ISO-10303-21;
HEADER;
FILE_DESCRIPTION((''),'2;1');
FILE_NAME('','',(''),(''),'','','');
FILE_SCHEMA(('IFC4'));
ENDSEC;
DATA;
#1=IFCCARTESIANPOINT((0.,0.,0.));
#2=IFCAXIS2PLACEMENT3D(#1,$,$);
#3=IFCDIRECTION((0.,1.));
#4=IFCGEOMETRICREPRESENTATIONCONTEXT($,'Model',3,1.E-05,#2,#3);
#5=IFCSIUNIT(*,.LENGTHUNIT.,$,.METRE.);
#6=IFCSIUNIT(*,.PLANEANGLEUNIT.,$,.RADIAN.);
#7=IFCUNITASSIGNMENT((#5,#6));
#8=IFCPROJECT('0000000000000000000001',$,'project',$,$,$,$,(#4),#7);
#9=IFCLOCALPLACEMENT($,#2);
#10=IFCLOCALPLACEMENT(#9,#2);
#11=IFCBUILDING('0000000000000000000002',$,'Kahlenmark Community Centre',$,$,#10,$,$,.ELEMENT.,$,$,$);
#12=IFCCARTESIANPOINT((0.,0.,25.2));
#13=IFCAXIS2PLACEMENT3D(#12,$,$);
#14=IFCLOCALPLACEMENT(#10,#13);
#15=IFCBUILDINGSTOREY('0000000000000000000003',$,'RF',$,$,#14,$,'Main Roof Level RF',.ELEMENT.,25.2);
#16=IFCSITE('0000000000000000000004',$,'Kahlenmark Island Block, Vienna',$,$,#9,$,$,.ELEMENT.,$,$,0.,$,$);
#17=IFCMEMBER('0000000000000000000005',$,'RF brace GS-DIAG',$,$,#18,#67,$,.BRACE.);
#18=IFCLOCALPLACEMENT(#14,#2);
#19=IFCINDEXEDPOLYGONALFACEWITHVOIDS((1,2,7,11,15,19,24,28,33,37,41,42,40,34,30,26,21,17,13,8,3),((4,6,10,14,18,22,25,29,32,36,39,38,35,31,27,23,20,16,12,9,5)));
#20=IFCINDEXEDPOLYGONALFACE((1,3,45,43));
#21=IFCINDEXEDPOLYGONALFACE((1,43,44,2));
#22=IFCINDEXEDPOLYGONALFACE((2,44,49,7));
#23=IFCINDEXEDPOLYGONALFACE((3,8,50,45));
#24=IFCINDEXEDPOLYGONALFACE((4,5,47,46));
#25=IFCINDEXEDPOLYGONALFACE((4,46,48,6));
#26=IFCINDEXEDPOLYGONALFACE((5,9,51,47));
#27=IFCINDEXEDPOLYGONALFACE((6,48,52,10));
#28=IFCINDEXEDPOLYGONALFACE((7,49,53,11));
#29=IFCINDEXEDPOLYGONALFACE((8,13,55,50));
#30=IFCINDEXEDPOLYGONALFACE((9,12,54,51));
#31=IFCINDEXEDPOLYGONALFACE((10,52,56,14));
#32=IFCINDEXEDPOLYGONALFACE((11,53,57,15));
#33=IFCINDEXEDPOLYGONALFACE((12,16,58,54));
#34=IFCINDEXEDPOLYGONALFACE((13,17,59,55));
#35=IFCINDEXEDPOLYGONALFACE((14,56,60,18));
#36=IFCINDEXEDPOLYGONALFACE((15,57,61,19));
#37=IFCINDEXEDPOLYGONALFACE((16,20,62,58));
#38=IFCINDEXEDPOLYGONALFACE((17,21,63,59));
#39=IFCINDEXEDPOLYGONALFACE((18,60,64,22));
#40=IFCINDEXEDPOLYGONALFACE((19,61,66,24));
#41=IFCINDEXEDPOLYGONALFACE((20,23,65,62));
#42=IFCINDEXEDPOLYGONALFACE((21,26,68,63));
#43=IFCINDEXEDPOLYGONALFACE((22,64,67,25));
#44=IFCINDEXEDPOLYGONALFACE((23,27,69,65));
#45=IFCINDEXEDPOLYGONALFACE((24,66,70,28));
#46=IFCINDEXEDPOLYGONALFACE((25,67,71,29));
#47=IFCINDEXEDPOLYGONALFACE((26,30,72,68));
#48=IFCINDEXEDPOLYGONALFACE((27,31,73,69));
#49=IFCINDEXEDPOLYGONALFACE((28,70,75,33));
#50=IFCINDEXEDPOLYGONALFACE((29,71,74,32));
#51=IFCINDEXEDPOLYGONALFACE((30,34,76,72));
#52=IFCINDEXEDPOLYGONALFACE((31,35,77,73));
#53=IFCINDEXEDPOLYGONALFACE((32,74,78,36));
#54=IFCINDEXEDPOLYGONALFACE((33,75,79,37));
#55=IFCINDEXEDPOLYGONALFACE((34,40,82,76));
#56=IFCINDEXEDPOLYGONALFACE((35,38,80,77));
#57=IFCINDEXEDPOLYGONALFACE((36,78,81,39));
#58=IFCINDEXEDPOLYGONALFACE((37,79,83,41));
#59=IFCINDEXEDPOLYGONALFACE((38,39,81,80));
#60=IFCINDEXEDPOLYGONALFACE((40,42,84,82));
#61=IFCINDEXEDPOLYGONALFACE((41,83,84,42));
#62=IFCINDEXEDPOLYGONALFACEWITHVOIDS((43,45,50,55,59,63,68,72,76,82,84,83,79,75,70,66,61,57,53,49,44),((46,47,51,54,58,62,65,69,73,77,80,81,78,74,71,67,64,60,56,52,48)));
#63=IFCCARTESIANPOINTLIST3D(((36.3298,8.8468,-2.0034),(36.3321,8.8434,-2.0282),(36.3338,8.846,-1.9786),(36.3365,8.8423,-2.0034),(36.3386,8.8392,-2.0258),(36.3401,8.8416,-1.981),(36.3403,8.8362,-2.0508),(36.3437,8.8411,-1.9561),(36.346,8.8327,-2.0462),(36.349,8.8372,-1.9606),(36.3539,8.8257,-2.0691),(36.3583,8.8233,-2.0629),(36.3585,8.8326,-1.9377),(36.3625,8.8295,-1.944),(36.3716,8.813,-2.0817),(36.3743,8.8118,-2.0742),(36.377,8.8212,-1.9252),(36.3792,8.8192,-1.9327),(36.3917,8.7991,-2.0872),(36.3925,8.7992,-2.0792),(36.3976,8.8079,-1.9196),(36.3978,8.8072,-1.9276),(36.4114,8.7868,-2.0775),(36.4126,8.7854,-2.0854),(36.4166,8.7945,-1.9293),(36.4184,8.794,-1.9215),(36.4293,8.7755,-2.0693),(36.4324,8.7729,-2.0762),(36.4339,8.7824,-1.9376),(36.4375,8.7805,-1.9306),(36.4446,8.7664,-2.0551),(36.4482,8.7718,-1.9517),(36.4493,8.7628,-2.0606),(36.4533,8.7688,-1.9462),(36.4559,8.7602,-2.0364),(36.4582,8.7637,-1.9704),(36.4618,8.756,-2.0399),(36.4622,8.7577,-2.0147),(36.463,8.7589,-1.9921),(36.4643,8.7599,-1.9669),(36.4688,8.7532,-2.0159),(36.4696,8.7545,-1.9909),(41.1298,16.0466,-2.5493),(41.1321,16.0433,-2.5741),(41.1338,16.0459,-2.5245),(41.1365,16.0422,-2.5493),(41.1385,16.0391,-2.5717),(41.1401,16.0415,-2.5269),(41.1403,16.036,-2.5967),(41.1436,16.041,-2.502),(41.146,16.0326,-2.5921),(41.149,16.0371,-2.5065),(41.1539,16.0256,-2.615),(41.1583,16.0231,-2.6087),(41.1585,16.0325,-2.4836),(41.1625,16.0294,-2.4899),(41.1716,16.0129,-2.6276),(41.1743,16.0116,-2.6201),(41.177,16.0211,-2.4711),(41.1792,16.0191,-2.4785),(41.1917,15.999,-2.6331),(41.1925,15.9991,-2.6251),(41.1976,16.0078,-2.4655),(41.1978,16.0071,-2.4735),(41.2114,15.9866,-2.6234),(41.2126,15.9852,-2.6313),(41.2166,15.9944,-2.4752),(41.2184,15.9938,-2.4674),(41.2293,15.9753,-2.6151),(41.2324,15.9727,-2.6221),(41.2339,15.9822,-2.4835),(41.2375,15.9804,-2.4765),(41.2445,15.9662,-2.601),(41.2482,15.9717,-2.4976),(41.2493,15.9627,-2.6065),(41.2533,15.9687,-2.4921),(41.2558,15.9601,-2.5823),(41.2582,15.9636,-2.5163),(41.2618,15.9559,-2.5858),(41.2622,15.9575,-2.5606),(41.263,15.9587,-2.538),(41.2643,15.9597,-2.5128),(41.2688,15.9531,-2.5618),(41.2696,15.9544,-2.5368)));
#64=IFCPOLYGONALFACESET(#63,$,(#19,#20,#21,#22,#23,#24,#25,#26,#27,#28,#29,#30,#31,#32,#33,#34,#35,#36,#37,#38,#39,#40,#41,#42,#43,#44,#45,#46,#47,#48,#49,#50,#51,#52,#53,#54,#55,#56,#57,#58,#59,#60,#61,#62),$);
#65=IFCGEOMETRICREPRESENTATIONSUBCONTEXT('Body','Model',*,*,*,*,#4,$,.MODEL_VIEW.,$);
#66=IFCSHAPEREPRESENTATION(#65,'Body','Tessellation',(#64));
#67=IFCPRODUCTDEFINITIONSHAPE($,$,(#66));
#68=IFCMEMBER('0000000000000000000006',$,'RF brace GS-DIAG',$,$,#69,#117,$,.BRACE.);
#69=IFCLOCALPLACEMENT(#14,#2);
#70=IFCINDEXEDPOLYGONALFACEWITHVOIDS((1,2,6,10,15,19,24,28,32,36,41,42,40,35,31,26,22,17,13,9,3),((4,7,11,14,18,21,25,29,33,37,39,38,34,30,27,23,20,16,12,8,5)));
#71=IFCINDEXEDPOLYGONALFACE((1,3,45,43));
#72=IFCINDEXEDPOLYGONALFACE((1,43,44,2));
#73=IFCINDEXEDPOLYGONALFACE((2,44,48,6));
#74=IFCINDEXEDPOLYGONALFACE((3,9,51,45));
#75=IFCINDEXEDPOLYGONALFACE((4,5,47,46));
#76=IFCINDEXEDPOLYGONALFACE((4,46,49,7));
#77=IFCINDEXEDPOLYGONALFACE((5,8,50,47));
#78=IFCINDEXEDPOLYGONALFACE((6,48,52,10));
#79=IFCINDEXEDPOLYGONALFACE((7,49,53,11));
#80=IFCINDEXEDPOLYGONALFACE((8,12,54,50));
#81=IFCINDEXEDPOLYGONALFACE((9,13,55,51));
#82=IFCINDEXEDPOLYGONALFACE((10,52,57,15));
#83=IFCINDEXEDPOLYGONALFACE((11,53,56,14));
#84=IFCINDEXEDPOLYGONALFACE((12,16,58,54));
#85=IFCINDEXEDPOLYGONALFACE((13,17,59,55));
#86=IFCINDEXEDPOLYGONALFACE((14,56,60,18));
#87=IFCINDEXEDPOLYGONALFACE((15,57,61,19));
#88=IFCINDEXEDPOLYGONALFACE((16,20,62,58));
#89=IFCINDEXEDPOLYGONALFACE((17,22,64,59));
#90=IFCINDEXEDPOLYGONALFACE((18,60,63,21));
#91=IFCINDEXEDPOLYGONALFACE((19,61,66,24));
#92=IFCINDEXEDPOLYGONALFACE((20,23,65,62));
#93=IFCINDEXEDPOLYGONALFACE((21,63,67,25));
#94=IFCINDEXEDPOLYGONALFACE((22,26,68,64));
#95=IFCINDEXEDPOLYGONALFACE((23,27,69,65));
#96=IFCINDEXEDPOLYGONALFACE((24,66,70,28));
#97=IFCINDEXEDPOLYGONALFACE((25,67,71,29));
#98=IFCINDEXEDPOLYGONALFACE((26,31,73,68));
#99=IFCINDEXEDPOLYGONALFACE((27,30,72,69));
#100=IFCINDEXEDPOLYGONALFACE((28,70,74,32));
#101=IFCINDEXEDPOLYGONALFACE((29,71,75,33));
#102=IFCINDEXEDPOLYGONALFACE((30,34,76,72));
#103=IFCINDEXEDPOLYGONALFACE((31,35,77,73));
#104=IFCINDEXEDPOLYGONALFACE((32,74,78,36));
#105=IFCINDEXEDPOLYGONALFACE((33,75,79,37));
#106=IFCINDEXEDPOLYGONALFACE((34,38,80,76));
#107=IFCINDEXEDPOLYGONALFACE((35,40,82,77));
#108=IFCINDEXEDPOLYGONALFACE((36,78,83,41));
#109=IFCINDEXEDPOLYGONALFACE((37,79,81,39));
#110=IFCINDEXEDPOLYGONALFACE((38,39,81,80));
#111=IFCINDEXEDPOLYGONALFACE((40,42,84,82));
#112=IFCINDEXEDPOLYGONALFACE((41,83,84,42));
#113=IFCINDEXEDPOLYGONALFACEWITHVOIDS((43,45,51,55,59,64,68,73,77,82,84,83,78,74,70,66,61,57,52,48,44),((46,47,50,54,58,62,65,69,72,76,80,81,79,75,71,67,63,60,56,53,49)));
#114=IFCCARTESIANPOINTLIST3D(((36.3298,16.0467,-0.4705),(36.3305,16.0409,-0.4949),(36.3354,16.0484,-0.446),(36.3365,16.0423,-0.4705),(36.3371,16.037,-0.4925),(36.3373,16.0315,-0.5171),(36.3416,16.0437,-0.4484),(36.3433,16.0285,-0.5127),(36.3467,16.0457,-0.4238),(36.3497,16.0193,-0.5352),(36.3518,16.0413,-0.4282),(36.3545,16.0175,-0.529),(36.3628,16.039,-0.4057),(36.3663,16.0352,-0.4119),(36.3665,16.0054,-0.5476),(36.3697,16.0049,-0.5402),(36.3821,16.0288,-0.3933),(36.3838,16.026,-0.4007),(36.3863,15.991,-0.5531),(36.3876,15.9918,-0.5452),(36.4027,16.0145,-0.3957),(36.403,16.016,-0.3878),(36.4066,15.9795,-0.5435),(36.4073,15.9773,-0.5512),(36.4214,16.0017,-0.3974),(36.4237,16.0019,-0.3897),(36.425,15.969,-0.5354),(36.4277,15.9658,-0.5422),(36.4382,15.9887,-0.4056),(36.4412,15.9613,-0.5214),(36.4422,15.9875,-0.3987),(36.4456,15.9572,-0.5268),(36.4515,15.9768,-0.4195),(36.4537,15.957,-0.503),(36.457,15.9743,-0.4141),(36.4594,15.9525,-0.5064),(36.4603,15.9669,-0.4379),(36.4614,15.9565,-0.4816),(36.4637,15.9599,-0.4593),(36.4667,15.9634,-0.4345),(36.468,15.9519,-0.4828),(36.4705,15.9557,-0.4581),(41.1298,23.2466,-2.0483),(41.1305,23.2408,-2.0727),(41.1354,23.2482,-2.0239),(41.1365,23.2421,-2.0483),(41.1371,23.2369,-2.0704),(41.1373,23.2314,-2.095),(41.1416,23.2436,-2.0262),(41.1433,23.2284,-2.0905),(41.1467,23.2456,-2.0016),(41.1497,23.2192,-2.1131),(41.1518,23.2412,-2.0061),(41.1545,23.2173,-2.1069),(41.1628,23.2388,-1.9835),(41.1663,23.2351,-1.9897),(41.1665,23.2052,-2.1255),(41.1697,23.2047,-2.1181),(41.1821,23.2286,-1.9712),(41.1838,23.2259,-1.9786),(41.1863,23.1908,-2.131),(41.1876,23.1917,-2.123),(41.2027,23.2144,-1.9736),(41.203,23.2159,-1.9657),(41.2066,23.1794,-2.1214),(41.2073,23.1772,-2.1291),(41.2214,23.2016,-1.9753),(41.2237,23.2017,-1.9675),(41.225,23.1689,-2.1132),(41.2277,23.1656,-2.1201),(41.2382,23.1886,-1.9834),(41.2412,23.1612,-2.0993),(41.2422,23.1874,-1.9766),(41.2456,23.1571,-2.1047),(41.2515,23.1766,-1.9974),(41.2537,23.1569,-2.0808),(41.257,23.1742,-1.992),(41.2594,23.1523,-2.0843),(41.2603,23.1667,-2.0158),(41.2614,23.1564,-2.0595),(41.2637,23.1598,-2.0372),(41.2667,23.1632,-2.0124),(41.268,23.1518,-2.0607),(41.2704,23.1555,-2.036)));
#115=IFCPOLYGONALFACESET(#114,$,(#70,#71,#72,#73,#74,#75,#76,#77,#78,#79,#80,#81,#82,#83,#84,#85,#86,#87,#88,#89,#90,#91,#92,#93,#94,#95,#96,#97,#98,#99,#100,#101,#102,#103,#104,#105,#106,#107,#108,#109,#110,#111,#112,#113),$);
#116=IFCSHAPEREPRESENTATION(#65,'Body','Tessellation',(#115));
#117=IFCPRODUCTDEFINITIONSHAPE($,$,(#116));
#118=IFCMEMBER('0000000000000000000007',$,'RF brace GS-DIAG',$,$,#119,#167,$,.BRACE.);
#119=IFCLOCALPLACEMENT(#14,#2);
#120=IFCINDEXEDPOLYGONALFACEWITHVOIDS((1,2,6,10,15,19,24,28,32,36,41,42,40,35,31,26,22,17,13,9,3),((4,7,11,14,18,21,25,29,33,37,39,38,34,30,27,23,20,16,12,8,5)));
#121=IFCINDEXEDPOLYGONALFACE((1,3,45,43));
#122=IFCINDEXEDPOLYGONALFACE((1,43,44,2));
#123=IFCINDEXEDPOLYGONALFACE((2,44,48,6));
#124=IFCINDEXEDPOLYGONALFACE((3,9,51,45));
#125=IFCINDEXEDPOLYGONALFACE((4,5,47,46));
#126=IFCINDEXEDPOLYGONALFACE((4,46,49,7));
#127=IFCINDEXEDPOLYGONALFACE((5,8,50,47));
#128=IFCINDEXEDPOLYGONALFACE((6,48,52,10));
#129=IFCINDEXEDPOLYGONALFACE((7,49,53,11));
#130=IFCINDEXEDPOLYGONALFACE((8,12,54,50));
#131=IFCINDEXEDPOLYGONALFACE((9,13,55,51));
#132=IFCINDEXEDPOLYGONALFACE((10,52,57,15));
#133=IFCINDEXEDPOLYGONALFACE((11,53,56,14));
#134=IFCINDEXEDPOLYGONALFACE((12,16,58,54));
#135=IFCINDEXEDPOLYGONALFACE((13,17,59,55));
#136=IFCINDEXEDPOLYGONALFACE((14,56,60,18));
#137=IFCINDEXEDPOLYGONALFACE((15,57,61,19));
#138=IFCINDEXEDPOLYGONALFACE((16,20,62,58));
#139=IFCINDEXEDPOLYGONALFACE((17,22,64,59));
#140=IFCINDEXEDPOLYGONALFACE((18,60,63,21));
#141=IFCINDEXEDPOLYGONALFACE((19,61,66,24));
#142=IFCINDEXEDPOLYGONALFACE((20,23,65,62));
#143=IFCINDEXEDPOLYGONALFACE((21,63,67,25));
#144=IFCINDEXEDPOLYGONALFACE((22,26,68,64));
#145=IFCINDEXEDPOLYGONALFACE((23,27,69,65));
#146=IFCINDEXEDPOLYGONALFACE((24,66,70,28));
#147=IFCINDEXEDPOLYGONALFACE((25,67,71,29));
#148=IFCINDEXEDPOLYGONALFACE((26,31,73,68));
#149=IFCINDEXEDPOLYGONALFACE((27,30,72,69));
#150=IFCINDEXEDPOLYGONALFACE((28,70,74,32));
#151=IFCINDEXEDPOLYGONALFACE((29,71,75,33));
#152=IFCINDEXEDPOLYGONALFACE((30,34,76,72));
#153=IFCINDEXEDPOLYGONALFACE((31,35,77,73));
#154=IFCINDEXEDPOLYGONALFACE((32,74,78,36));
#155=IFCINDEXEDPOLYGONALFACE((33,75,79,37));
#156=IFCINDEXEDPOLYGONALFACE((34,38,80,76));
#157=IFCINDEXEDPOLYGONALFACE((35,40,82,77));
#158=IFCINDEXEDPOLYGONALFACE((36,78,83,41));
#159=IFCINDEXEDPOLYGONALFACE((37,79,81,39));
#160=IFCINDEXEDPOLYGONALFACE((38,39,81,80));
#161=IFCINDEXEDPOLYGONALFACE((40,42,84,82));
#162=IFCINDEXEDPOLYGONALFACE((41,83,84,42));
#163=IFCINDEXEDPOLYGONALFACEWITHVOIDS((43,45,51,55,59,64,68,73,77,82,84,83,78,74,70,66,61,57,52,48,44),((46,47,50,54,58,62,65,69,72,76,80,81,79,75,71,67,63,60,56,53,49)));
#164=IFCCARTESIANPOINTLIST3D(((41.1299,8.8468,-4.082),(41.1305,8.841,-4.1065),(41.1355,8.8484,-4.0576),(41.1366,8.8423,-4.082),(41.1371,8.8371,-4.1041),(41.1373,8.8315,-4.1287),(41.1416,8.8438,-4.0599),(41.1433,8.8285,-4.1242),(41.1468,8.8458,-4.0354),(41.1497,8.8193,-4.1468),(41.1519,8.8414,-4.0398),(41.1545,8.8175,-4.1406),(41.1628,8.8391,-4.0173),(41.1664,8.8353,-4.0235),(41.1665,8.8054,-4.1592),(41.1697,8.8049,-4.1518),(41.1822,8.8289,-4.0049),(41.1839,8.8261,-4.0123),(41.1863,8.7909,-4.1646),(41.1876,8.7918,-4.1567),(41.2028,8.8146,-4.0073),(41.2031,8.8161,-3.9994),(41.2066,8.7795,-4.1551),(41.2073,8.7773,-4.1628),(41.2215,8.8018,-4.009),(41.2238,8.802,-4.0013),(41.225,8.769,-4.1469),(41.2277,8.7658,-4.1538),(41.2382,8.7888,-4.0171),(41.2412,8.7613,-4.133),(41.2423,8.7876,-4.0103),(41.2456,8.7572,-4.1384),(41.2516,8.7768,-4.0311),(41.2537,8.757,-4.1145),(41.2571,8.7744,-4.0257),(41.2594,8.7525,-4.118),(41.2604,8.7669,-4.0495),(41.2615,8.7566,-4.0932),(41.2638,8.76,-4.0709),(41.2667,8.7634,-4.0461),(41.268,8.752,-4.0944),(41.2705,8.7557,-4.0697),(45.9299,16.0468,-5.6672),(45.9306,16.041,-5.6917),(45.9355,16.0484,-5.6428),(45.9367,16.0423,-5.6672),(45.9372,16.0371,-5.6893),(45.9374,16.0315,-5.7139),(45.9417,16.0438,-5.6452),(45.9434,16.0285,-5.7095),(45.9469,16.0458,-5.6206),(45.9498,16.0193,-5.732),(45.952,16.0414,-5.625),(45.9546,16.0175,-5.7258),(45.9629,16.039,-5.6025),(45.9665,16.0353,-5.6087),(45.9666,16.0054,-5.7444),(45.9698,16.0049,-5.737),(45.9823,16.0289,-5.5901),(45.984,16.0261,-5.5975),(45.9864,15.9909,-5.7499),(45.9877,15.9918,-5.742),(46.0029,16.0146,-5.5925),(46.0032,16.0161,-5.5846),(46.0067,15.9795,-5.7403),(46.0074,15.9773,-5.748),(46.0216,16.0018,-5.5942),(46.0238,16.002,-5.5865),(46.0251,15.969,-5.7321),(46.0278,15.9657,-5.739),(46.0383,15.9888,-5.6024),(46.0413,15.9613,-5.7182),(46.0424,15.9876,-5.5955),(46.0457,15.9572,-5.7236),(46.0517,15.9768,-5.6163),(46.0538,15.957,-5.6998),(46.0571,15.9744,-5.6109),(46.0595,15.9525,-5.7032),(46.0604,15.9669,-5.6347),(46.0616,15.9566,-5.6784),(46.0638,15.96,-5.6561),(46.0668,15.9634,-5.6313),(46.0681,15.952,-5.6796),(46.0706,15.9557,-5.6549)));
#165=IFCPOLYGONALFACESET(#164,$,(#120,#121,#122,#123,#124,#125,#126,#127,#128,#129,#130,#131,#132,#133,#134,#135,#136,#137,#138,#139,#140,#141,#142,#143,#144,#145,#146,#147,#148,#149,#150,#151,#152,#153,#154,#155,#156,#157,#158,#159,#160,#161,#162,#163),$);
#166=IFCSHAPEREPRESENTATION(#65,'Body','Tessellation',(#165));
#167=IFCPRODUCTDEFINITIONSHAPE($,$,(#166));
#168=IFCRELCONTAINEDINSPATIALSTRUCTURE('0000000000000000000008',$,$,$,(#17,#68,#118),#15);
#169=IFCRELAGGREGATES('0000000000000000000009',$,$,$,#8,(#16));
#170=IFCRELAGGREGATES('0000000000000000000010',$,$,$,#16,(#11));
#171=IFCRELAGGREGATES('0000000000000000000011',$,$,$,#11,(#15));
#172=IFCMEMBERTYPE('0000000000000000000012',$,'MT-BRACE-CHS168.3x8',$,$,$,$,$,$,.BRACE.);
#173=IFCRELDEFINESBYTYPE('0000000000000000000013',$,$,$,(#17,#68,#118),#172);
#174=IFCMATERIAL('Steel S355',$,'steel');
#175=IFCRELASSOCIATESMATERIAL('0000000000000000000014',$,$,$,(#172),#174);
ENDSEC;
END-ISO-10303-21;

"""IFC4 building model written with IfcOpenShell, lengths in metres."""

from ifc_helpers import new_model, si_unit, direction, frame, origin, origin_2d, place, context, subcontext, project, spatial, hollow_circle, extrude, material, material_profile, profile_set, type_object, element, save


model = new_model("IFC4")

# Units and contexts
model_context = context("Model", 3, precision=1e-05, world=origin(), true_north=direction((0.0, 1.0)))
body_context = subcontext(model_context, "Body", "Model", "MODEL_VIEW")
ifc_project = project(units=[si_unit("LENGTHUNIT", "METRE"), si_unit("PLANEANGLEUNIT", "RADIAN")], contexts=[model_context])

# Site, building, storey
site_placement = place(None, origin())
site = spatial("IfcSite", under=ifc_project, at=site_placement, Name="Kahlenmark Island Block, Vienna", CompositionType="ELEMENT", RefElevation=0.0)
building_placement = place(site_placement, origin())
building = spatial("IfcBuilding", under=site, at=building_placement, Name="Kahlenmark Community Centre", CompositionType="ELEMENT")
storey_placement = place(building_placement, frame((0.0, 0.0, 25.2)))
storey = spatial("IfcBuildingStorey", under=building, at=storey_placement, Name="RF", LongName="Main Roof Level RF", CompositionType="ELEMENT", Elevation=25.2)

# Members
ifc_material_1 = material(Name="Steel S355", Category="steel")
ifc_material_profile_1 = material_profile(ifc_material_1, hollow_circle(Radius=0.0842, WallThickness=0.0081, at=origin_2d()), Name="CHS 168.3x8")
ifc_profile_set_1 = profile_set([ifc_material_profile_1], Name="Steel S355")
member_type_1 = type_object("IfcMemberType", Name="MT-BRACE-CHS168.3x8", PredefinedType="BRACE", material=ifc_profile_set_1)
member_1_placement = place(storey_placement, frame((36.3999, 8.8, -2.0034), z_axis=(0.553606, 0.830395, -0.06296), x_axis=(-0.832046, 0.554707, 0.0)))
element("IfcMember", 1, at=member_1_placement, inside=storey, type_object=member_type_1, Name="RF brace GS-DIAG", PredefinedType="BRACE", context=body_context, shape_type="SweptSolid", body=[
    extrude(hollow_circle(Radius=0.0842, WallThickness=0.0081, at=origin_2d()), origin(), (0.0, 0.0, 1.0), 8.6704),
])
member_2_placement = place(storey_placement, frame((36.3999, 16.0, -0.4705), z_axis=(0.545709, 0.818549, -0.179386), x_axis=(-0.832046, 0.554707, 0.0)))
element("IfcMember", 2, at=member_2_placement, inside=storey, type_object=member_type_1, Name="RF brace GS-DIAG", PredefinedType="BRACE", context=body_context, shape_type="SweptSolid", body=[
    extrude(hollow_circle(Radius=0.0842, WallThickness=0.0081, at=origin_2d()), origin(), (0.0, 0.0, 1.0), 8.7959),
])
member_3_placement = place(storey_placement, frame((41.2, 8.8, -4.082), z_axis=(0.545627, 0.818427, -0.180192), x_axis=(-0.832046, 0.554707, 0.0)))
element("IfcMember", 3, at=member_3_placement, inside=storey, type_object=member_type_1, Name="RF brace GS-DIAG", PredefinedType="BRACE", context=body_context, shape_type="SweptSolid", body=[
    extrude(hollow_circle(Radius=0.0842, WallThickness=0.0081, at=origin_2d()), origin(), (0.0, 0.0, 1.0), 8.7974),
])

save(model, "model.ifc")
